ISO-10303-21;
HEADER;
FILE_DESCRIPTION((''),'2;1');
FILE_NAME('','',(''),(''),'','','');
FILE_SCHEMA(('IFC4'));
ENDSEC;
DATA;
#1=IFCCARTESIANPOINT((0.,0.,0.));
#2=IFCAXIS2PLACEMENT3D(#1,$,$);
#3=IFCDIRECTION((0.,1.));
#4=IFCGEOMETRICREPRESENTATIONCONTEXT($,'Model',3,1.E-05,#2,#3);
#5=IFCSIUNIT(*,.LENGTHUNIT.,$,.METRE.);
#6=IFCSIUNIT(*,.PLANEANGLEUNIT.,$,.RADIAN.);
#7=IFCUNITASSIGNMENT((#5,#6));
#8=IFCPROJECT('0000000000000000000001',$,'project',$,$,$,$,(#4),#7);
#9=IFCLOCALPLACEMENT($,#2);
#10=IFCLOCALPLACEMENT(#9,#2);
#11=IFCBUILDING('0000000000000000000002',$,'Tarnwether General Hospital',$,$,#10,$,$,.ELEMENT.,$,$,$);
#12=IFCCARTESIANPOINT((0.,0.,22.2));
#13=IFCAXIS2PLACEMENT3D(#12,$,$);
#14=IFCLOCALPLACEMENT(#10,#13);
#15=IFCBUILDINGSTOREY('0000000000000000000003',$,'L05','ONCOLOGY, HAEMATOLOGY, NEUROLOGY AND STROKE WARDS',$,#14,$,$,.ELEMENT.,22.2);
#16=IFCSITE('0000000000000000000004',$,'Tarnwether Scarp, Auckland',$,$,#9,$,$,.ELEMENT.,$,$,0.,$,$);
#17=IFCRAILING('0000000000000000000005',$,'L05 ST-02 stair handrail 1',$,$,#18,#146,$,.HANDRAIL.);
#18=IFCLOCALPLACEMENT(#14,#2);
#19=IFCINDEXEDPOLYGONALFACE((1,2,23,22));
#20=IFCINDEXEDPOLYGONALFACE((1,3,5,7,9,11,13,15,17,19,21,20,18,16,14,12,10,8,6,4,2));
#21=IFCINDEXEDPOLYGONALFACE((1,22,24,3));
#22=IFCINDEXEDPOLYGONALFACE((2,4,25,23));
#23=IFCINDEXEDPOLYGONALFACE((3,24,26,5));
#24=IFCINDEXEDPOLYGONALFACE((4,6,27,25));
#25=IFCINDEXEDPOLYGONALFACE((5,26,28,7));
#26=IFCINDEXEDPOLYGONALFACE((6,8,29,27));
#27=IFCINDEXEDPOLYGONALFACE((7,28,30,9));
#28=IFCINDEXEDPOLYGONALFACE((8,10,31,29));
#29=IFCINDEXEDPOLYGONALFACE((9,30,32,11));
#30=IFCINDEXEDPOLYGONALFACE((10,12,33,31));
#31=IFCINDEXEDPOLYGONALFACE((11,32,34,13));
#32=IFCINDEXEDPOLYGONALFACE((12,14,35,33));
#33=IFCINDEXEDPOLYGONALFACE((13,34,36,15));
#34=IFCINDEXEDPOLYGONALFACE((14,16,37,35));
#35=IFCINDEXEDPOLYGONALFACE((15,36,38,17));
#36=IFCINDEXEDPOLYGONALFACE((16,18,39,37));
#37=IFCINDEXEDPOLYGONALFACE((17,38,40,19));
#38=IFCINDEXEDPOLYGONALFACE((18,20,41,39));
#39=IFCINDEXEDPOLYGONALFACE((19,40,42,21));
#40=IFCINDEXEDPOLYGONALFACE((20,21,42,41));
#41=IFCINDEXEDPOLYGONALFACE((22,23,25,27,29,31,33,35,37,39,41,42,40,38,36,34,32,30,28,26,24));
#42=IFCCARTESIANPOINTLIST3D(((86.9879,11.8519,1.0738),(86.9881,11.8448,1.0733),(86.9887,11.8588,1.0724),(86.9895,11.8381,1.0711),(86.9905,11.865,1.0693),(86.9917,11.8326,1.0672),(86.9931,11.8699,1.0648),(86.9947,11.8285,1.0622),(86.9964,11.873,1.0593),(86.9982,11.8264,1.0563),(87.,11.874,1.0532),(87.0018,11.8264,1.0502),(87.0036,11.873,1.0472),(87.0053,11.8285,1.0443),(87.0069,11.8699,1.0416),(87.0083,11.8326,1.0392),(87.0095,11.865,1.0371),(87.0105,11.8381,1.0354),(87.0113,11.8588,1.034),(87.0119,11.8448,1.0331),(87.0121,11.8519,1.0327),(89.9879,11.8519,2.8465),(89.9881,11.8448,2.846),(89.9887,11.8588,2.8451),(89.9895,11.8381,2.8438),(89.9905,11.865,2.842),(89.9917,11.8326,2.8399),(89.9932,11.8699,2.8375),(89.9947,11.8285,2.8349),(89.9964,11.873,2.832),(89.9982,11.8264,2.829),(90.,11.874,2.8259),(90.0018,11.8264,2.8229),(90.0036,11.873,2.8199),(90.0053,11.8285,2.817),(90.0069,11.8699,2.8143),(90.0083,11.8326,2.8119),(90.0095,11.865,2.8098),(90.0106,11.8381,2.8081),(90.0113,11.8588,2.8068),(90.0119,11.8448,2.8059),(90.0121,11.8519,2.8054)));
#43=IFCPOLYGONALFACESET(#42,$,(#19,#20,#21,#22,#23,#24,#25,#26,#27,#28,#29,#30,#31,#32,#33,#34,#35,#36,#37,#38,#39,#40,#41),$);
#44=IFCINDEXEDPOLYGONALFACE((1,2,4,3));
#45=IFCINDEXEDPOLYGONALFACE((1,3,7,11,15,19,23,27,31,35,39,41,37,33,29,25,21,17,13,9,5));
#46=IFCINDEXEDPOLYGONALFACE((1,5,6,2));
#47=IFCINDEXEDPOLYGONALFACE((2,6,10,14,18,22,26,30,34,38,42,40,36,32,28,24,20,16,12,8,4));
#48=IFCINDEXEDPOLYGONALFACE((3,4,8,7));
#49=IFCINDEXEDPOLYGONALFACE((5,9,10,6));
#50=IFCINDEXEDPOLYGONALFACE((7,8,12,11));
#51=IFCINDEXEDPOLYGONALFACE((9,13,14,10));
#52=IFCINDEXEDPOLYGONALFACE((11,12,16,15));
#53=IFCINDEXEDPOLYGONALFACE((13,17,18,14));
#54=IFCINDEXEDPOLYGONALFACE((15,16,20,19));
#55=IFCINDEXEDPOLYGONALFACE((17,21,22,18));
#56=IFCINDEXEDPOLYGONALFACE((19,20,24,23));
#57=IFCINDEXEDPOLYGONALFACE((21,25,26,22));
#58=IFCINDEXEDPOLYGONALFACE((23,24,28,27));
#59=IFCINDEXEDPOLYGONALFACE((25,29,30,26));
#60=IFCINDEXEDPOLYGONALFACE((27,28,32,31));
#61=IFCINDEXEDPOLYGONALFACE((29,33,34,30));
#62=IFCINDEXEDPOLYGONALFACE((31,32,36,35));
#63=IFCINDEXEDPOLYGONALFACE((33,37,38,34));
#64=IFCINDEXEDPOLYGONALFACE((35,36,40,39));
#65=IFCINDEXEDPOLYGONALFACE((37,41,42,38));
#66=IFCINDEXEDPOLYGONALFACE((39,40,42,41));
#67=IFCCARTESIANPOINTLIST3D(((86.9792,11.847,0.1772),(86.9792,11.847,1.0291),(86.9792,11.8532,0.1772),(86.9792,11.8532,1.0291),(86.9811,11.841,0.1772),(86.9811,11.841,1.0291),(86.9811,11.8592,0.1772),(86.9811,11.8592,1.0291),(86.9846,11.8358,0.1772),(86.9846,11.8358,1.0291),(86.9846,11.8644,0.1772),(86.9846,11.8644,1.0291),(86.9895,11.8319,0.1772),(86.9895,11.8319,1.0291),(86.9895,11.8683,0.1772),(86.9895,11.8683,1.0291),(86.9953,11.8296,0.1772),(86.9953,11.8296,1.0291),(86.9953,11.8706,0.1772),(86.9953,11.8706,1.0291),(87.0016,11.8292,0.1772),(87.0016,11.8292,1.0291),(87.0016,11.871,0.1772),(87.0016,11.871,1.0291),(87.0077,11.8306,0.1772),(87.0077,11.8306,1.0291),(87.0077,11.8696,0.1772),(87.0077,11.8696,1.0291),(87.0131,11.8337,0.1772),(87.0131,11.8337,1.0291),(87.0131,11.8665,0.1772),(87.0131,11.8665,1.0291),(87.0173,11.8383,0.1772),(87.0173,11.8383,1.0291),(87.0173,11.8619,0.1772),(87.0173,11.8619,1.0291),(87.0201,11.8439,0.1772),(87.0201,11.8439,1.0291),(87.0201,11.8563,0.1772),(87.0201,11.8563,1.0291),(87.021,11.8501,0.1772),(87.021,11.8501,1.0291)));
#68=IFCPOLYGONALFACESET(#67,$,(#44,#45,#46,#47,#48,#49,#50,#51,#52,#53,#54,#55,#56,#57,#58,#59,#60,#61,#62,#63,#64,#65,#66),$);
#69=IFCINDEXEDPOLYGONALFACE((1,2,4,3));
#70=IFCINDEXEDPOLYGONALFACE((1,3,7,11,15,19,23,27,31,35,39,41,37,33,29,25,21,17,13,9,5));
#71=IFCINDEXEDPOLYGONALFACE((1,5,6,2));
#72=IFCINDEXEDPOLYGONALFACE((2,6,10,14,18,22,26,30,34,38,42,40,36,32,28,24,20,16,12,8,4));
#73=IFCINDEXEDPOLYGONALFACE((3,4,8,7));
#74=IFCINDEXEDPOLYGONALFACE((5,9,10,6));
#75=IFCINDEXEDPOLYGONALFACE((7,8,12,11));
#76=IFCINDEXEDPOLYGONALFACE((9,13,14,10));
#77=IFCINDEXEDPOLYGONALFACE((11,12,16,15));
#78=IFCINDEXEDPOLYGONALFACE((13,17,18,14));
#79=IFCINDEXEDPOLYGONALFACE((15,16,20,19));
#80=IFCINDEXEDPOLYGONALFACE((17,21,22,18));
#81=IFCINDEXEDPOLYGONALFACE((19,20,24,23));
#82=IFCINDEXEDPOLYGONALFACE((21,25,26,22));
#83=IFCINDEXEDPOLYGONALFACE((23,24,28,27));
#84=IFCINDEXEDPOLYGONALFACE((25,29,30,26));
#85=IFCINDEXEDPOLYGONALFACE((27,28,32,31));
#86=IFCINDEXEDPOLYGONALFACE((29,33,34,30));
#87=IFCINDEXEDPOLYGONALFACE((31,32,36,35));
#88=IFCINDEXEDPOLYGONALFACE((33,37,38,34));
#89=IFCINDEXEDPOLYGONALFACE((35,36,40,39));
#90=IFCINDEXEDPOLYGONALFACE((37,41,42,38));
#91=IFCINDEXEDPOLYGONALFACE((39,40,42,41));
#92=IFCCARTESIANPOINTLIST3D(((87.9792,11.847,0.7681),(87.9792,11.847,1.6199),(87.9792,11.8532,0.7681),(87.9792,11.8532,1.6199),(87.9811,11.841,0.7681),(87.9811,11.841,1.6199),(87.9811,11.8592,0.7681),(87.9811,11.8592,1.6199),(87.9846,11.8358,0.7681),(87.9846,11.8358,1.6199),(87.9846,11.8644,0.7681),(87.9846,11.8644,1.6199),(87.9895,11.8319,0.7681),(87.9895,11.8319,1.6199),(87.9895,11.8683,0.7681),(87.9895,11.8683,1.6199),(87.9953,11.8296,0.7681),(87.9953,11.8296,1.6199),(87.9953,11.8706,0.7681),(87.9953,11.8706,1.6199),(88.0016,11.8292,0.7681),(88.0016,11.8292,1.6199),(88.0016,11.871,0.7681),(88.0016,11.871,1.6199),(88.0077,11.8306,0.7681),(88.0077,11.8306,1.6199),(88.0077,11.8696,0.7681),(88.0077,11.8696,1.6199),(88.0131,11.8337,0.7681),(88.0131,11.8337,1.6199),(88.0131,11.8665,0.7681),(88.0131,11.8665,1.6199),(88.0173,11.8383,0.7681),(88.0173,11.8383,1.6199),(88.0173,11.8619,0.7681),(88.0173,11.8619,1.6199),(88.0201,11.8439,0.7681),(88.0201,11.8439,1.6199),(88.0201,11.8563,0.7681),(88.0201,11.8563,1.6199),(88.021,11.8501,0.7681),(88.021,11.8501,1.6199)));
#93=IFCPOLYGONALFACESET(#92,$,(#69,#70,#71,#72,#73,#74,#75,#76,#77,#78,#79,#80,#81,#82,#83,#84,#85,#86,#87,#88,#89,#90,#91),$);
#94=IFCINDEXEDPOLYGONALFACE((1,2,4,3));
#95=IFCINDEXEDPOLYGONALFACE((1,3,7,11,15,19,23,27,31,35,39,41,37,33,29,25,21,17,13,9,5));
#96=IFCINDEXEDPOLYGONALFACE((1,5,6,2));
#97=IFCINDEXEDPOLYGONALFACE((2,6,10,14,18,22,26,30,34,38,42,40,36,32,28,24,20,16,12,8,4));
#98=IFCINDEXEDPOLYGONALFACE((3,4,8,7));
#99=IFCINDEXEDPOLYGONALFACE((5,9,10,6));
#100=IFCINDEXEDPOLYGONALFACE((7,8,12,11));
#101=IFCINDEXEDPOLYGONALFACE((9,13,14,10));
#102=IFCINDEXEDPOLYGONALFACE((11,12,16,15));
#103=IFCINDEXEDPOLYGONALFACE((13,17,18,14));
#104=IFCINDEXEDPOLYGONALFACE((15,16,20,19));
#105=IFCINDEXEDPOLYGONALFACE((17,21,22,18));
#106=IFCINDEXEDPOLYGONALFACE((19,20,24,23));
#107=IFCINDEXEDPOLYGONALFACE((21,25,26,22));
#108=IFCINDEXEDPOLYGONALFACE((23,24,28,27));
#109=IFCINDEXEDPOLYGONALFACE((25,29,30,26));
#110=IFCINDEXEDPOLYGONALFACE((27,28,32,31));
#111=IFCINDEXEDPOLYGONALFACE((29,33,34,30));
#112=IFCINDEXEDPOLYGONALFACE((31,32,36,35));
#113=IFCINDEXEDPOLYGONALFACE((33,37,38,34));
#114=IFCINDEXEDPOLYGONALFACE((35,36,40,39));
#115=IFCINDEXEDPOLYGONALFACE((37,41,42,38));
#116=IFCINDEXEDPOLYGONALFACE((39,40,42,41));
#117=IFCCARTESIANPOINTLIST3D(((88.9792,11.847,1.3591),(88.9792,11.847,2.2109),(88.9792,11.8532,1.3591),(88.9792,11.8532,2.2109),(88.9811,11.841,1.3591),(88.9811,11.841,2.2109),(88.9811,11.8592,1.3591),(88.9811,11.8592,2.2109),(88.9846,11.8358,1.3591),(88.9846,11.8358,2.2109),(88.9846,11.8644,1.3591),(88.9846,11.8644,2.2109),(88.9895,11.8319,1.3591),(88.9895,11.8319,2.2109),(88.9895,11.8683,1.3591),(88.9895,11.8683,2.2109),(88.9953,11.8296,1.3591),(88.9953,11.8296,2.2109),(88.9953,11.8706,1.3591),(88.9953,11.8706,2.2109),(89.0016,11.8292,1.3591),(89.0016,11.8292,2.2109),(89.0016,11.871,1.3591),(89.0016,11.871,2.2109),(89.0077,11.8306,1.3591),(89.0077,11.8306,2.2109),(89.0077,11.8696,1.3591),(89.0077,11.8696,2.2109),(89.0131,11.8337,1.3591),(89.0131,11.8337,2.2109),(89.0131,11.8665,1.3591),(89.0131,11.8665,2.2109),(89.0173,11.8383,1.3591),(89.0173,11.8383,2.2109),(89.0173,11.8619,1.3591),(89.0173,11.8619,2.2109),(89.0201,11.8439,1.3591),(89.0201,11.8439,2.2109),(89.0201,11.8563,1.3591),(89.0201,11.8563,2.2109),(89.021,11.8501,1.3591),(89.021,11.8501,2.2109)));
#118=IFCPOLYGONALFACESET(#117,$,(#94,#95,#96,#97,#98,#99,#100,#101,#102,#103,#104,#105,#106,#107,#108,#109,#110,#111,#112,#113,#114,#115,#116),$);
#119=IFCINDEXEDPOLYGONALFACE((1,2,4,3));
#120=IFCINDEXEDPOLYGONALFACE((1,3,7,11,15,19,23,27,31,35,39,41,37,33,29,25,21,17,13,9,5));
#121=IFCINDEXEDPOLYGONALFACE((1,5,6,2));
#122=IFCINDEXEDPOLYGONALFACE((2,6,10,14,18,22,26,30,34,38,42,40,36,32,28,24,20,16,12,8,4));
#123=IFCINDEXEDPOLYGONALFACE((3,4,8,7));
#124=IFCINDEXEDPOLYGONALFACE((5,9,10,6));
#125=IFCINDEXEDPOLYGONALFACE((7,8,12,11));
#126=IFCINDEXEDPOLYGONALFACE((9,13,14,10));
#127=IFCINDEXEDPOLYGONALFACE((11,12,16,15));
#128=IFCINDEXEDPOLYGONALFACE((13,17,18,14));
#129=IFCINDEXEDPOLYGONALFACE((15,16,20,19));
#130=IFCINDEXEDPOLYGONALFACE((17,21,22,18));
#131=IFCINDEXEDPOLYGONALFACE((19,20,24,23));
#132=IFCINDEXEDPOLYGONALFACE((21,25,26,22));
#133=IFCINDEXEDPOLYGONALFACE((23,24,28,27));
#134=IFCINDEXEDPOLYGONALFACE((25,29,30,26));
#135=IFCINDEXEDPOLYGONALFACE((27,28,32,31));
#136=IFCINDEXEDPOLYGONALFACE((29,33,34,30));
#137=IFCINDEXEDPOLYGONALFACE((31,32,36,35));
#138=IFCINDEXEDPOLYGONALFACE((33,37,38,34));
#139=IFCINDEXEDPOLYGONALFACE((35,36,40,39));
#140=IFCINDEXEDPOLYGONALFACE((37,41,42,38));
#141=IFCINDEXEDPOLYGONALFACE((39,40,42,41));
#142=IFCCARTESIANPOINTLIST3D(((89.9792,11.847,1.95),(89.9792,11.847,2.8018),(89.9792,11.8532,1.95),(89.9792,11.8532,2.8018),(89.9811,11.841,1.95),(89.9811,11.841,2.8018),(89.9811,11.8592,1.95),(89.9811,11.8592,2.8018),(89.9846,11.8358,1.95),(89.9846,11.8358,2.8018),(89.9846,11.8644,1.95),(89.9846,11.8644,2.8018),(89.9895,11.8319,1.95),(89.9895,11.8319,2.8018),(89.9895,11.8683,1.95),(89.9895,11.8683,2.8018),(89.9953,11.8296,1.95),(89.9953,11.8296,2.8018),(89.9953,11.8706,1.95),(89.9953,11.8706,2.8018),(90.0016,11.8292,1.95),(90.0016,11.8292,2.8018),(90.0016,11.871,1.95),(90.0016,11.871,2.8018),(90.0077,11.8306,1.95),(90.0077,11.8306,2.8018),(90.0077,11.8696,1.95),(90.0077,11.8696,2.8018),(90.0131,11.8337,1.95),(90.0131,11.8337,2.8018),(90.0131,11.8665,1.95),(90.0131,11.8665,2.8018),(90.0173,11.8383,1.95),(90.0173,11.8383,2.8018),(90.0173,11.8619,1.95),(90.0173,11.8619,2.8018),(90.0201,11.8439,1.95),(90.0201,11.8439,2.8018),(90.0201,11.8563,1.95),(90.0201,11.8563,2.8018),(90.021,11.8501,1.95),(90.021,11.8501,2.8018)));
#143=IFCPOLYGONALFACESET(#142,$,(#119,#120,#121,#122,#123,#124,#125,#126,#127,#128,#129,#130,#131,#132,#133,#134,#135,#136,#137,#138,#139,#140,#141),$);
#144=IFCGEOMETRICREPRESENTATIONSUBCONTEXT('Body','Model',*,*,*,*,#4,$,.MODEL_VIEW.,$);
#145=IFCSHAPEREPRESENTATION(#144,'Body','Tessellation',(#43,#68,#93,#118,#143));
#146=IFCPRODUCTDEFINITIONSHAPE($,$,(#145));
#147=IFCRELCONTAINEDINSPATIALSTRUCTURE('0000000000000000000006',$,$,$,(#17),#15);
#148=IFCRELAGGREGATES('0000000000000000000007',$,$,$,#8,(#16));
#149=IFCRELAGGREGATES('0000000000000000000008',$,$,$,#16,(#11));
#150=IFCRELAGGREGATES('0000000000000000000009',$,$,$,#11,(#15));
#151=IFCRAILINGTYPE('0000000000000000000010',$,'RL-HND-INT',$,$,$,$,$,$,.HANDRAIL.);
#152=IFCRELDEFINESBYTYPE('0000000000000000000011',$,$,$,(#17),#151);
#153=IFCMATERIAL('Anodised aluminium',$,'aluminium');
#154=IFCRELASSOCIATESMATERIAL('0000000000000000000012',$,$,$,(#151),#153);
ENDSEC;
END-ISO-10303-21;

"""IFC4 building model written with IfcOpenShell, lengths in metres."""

from ifc_helpers import new_model, si_unit, direction, frame, origin, origin_2d, place, context, subcontext, project, spatial, circle, extrude, material, type_object, element, save


model = new_model("IFC4")

# Units and contexts
model_context = context("Model", 3, precision=1e-05, world=origin(), true_north=direction((0.0, 1.0)))
body_context = subcontext(model_context, "Body", "Model", "MODEL_VIEW")
ifc_project = project(units=[si_unit("LENGTHUNIT", "METRE"), si_unit("PLANEANGLEUNIT", "RADIAN")], contexts=[model_context])

# Site, building, storey
site_placement = place(None, origin())
site = spatial("IfcSite", under=ifc_project, at=site_placement, Name="Tarnwether Scarp, Auckland", CompositionType="ELEMENT", RefElevation=0.0)
building_placement = place(site_placement, origin())
building = spatial("IfcBuilding", under=site, at=building_placement, Name="Tarnwether General Hospital", CompositionType="ELEMENT")
storey_placement = place(building_placement, frame((0.0, 0.0, 22.2)))
storey = spatial("IfcBuildingStorey", under=building, at=storey_placement, Name="L05", Description="ONCOLOGY, HAEMATOLOGY, NEUROLOGY AND STROKE WARDS", CompositionType="ELEMENT", Elevation=22.2)

# Railing
ifc_material_1 = material(Name="Anodised aluminium", Category="aluminium")
railing_type_1 = type_object("IfcRailingType", Name="RL-HND-INT", PredefinedType="HANDRAIL", material=ifc_material_1)
railing_1_placement = place(storey_placement, frame((87.0, 11.8501, 0.1772)))
element("IfcRailing", 1, at=railing_1_placement, inside=storey, type_object=railing_type_1, Name="L05 ST-02 stair handrail 1", PredefinedType="HANDRAIL", context=body_context, shape_type="SweptSolid", body=[
    extrude(circle(Radius=0.0239, at=origin_2d()), frame((0.0, 0.0, 0.876), z_axis=(0.860929, 0.0, 0.508725), x_axis=(0.0, 1.0, 0.0)), (0.0, 0.0, 1.0), 3.4846),
    extrude(circle(Radius=0.021, at=origin_2d()), origin(), (0.0, 0.0, 1.0), 0.8518),
    extrude(circle(Radius=0.021, at=origin_2d()), frame((1.0, 0.0, 0.5908)), (0.0, 0.0, 1.0), 0.8518),
    extrude(circle(Radius=0.021, at=origin_2d()), frame((2.0, 0.0, 1.1819)), (0.0, 0.0, 1.0), 0.8518),
    extrude(circle(Radius=0.021, at=origin_2d()), frame((3.0, 0.0, 1.7727)), (0.0, 0.0, 1.0), 0.8518),
])

save(model, "model.ifc")
